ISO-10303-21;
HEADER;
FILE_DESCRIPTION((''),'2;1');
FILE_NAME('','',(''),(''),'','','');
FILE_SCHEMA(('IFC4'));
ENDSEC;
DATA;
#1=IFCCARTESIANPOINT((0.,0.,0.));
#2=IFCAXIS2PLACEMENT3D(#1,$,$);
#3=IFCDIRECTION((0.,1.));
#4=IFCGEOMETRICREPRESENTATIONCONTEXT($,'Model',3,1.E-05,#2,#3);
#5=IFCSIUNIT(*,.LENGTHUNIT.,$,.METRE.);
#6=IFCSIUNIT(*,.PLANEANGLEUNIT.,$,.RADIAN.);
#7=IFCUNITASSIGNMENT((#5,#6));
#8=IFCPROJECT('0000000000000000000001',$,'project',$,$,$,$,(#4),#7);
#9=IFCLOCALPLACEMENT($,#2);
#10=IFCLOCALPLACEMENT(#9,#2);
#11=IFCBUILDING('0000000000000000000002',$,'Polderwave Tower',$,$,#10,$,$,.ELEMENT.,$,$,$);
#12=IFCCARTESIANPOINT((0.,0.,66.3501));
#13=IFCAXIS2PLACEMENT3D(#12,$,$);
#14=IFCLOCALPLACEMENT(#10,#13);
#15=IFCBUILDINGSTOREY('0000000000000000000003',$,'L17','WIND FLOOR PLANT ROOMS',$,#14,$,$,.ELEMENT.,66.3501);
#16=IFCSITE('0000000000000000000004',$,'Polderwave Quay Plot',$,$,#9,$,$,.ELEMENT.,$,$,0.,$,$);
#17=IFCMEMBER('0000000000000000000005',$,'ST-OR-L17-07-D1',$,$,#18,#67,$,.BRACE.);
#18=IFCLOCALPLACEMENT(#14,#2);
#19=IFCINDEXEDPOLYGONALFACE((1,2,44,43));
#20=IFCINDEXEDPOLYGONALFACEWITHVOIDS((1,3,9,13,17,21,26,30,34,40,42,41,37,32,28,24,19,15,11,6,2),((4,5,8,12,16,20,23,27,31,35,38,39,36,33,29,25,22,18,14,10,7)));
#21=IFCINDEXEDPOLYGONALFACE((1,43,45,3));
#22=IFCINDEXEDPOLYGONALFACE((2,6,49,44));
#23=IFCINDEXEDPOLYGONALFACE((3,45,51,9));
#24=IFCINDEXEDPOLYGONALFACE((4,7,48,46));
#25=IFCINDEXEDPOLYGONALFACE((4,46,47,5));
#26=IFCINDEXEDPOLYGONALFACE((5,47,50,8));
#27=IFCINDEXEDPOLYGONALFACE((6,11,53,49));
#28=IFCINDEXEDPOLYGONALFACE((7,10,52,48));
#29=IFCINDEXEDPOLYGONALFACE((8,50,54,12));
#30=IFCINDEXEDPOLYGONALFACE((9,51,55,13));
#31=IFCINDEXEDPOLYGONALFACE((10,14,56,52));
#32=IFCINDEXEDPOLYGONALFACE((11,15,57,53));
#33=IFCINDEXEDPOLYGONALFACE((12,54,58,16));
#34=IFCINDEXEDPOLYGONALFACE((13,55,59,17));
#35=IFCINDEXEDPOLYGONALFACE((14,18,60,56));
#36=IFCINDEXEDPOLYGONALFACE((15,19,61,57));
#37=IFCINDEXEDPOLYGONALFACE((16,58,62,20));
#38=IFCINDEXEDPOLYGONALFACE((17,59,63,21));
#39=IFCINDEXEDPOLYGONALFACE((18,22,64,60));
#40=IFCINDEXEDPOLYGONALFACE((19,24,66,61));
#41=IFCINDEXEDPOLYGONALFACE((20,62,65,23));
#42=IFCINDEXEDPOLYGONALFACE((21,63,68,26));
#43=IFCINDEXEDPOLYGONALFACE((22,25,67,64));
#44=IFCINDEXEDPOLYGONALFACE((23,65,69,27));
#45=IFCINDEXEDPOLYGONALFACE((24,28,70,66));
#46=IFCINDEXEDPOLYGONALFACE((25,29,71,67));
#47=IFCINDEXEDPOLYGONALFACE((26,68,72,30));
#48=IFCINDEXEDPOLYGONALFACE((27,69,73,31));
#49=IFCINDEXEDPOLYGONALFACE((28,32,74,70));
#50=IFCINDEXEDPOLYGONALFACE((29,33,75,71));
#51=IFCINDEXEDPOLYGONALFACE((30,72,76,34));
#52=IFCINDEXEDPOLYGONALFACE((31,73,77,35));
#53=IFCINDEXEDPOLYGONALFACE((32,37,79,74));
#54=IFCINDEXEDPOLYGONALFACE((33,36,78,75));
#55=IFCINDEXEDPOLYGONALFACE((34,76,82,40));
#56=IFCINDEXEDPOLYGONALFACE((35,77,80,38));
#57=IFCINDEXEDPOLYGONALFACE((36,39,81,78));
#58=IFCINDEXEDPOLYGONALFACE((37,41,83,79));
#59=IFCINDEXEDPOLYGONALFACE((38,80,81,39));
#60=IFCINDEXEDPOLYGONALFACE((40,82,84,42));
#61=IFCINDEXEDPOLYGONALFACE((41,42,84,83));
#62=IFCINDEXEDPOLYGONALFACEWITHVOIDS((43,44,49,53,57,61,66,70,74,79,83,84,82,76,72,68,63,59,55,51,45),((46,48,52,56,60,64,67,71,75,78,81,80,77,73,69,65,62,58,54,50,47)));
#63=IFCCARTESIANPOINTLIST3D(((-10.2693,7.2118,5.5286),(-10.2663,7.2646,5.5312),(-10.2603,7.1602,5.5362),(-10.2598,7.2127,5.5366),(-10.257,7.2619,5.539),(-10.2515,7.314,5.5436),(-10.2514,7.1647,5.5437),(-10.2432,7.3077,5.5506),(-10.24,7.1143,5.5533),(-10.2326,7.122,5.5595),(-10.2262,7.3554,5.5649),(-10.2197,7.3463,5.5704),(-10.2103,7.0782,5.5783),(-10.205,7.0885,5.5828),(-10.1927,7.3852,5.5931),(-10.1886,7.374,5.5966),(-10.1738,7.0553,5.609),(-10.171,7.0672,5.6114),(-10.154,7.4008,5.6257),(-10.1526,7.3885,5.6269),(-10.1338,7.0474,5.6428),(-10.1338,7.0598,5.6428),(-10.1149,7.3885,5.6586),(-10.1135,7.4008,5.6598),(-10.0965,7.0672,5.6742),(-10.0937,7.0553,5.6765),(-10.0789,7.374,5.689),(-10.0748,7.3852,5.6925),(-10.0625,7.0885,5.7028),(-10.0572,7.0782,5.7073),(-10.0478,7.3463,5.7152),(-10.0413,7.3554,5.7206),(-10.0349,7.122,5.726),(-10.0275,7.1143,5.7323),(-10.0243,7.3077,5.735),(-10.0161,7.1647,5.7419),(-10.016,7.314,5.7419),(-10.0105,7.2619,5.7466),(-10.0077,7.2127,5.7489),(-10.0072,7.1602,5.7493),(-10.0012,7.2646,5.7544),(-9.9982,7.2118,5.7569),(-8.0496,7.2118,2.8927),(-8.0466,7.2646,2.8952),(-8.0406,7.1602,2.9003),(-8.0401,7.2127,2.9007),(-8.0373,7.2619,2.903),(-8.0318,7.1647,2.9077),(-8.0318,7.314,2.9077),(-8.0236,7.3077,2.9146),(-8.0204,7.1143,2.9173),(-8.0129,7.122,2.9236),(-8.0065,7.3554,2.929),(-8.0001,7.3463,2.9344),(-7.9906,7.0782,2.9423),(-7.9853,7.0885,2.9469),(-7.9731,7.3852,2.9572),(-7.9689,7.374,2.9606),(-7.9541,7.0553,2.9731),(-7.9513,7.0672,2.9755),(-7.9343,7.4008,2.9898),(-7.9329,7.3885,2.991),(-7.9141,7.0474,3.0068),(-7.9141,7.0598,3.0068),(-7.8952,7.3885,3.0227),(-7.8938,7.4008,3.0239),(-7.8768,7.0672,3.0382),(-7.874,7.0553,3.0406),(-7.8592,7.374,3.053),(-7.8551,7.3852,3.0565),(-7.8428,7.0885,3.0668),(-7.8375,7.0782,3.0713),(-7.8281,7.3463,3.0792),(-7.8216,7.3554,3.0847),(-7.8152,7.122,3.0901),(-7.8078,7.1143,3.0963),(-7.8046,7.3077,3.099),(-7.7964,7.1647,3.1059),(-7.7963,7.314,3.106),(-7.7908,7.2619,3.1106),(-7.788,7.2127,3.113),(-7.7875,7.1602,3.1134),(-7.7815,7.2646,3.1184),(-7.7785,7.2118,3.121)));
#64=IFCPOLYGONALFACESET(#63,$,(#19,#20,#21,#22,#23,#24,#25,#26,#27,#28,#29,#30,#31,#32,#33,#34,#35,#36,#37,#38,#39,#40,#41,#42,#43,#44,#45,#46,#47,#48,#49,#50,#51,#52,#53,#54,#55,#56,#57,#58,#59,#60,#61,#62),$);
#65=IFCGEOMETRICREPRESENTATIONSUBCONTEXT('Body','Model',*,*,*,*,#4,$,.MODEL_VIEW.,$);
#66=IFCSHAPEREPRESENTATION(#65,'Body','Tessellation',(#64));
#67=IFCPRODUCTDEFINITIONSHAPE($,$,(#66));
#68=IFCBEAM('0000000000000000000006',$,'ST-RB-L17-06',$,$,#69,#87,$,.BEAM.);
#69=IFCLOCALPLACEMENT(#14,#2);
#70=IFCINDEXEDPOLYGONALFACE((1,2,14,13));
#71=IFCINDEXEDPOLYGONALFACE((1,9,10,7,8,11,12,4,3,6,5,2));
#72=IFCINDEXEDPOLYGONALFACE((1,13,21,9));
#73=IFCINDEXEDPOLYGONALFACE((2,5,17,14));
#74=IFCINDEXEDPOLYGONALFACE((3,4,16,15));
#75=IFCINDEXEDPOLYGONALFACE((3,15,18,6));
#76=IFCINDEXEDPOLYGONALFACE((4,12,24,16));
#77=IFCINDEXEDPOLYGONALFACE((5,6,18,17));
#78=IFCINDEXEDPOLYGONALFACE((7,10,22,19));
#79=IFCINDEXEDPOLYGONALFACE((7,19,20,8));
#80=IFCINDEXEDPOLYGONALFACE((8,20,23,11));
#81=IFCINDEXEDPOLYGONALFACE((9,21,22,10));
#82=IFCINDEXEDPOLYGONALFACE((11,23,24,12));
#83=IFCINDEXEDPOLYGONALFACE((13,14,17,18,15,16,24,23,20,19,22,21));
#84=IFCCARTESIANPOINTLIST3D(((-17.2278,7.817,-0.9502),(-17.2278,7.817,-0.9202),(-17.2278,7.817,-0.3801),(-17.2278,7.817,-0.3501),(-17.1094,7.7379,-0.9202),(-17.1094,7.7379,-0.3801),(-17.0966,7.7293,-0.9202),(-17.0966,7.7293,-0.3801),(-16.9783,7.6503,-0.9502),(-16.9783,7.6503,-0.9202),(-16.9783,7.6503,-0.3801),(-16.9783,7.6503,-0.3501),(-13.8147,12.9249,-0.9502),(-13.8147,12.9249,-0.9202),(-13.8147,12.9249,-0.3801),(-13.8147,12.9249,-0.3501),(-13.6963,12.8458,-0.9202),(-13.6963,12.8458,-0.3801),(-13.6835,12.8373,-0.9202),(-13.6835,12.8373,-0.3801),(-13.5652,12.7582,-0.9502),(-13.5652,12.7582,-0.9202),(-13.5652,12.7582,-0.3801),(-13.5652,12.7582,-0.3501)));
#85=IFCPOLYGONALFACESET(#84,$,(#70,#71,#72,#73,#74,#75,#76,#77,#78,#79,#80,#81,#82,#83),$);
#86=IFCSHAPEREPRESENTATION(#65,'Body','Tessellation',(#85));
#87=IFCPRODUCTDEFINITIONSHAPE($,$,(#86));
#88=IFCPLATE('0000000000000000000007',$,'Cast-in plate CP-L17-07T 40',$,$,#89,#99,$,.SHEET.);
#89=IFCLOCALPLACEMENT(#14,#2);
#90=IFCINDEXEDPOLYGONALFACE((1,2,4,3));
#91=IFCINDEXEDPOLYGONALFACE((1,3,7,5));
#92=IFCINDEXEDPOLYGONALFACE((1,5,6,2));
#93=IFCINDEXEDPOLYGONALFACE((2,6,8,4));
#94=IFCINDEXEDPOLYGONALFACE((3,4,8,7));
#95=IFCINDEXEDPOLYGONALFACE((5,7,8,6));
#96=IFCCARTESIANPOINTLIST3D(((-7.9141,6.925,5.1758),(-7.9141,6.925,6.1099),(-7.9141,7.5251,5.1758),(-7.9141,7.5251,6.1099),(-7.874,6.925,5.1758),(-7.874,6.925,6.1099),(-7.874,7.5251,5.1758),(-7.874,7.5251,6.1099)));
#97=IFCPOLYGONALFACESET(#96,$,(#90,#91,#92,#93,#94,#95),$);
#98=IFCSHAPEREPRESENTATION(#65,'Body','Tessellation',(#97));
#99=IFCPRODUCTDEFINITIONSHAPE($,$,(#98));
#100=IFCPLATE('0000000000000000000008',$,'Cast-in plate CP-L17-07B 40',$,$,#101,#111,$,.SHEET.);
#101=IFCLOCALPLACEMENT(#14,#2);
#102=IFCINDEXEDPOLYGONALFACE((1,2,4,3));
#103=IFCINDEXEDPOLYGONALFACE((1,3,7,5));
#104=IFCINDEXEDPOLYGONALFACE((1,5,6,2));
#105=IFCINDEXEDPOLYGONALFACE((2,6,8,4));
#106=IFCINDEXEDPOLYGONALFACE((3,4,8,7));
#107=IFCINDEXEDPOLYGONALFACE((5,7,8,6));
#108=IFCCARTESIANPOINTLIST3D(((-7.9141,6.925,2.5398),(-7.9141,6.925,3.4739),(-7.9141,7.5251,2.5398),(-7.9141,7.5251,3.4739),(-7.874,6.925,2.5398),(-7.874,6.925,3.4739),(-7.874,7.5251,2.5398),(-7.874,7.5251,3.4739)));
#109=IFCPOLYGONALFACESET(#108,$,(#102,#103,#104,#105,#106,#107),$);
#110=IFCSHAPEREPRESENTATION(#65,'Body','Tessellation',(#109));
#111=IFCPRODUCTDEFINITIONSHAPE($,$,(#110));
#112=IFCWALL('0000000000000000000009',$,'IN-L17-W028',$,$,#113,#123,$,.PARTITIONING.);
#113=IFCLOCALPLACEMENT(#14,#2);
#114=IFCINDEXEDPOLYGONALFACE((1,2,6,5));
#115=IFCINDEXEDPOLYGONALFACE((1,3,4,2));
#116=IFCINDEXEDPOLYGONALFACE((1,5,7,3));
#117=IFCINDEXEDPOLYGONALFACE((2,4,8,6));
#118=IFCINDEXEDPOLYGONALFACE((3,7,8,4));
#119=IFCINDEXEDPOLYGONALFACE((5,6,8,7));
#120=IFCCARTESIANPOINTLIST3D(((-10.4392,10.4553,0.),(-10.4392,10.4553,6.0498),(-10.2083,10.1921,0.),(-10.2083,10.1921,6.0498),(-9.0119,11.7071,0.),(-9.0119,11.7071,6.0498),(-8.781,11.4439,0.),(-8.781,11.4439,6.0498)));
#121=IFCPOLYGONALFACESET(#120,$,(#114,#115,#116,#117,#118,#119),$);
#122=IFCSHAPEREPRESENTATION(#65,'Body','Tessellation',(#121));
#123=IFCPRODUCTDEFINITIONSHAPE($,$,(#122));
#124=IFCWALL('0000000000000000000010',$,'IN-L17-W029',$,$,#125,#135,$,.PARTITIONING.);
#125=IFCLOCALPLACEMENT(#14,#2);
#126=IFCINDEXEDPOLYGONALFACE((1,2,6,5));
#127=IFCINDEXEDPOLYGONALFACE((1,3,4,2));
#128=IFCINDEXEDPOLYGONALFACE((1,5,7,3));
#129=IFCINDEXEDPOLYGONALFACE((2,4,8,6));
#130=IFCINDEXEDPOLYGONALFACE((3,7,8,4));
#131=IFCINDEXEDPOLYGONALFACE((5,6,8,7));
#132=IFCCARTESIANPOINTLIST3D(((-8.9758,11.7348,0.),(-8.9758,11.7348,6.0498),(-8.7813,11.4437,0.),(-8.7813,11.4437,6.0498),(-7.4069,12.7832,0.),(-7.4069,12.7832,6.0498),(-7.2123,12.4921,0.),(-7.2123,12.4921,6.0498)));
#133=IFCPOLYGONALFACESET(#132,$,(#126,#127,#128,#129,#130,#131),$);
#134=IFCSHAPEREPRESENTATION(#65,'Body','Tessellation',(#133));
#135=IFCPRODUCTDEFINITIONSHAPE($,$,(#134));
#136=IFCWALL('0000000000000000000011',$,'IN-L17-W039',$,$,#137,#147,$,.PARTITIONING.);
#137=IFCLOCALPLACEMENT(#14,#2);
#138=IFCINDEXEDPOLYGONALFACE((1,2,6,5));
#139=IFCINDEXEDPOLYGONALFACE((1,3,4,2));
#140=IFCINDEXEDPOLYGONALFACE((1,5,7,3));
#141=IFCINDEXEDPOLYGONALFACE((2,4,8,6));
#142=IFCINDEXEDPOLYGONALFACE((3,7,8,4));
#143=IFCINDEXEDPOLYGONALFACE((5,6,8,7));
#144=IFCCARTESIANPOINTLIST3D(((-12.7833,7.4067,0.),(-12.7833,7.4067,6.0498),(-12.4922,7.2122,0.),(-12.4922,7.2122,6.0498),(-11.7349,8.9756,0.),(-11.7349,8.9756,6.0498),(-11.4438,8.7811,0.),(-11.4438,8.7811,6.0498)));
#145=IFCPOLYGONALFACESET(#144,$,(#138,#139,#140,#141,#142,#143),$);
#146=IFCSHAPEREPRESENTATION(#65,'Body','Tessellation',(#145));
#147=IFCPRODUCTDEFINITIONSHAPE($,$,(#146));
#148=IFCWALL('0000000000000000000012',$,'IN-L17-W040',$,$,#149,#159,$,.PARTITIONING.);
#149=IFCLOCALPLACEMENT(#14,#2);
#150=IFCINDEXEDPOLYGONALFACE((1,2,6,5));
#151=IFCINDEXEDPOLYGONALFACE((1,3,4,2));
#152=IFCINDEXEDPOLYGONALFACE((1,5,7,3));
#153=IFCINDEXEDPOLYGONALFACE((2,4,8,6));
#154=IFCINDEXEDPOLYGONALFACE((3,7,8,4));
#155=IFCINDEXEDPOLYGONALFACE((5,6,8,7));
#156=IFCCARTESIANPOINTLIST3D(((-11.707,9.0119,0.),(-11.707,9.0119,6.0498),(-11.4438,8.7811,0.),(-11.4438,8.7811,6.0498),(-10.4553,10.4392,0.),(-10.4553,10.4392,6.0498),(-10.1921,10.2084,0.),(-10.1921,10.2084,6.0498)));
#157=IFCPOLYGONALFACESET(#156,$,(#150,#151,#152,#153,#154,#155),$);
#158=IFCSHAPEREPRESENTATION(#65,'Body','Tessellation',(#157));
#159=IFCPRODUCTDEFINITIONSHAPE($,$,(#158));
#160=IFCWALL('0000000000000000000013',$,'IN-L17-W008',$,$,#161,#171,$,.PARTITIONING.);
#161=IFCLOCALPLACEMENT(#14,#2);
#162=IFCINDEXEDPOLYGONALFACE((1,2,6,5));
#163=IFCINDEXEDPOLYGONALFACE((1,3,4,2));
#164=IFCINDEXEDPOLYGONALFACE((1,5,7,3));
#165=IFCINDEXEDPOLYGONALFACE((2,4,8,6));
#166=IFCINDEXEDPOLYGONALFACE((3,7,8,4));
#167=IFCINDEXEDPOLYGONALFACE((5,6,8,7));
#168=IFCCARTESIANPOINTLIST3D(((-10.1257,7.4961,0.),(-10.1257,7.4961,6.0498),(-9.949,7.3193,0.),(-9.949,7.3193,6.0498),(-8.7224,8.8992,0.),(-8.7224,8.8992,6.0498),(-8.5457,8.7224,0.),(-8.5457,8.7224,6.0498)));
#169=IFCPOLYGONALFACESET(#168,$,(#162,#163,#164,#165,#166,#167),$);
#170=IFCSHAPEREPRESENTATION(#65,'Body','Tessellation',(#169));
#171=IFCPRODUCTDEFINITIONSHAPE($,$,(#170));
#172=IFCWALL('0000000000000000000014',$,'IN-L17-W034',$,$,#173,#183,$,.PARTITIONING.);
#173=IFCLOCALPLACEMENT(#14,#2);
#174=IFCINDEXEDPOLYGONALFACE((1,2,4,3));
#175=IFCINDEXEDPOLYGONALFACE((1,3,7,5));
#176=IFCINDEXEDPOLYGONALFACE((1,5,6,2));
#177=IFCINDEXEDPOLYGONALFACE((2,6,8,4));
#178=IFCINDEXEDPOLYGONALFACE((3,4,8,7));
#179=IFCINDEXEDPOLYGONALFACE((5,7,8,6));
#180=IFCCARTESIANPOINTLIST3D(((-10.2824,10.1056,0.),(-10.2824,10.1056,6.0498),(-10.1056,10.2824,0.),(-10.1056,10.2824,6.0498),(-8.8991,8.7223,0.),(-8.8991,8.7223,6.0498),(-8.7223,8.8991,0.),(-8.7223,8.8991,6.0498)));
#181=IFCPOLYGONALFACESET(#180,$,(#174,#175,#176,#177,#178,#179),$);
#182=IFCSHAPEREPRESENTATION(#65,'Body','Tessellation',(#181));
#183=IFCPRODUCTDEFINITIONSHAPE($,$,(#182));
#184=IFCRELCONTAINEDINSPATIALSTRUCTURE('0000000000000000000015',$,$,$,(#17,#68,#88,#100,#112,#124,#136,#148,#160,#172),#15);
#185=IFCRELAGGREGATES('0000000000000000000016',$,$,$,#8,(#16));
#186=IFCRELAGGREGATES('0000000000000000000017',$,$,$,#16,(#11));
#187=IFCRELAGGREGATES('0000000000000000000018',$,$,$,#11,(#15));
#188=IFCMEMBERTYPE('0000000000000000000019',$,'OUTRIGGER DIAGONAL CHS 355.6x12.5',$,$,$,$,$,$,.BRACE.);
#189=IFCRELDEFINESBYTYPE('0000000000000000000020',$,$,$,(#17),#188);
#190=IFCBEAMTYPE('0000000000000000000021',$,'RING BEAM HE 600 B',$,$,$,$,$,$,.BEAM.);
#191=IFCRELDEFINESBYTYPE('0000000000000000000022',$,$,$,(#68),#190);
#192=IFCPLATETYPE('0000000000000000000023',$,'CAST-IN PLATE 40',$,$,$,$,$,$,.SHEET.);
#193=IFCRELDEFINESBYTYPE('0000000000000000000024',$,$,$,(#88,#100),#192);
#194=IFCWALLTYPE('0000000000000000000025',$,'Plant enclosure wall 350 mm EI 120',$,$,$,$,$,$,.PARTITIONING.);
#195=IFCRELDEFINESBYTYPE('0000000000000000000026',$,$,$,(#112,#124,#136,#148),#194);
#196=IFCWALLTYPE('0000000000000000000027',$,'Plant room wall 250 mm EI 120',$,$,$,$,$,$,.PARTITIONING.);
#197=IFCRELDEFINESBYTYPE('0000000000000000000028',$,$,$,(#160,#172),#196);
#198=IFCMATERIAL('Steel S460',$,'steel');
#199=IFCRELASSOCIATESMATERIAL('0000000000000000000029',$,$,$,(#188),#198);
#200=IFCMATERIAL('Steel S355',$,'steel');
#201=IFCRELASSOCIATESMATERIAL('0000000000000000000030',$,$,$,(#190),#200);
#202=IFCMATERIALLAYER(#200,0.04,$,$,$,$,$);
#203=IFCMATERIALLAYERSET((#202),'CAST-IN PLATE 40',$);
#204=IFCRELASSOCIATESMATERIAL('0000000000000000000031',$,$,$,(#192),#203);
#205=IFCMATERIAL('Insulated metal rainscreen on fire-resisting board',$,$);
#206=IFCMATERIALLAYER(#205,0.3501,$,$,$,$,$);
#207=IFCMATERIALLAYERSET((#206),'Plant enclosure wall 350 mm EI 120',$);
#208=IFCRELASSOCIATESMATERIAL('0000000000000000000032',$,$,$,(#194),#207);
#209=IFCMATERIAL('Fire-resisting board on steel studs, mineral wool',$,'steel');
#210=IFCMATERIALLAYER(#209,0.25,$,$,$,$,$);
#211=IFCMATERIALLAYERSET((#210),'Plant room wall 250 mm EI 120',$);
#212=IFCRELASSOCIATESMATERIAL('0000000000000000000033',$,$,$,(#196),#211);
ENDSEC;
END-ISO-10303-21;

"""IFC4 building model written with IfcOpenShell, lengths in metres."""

from ifc_helpers import new_model, si_unit, direction, frame, frame_2d, origin, origin_2d, place, context, subcontext, project, spatial, rectangle, hollow_circle, i_section, extrude, material, layer, layer_set, material_profile, profile_set, type_object, element, save


model = new_model("IFC4")

# Units and contexts
model_context = context("Model", 3, precision=1e-05, world=origin(), true_north=direction((0.0, 1.0)))
body_context = subcontext(model_context, "Body", "Model", "MODEL_VIEW")
ifc_project = project(units=[si_unit("LENGTHUNIT", "METRE"), si_unit("PLANEANGLEUNIT", "RADIAN")], contexts=[model_context])

# Site, building, storey
site_placement = place(None, origin())
site = spatial("IfcSite", under=ifc_project, at=site_placement, Name="Polderwave Quay Plot", CompositionType="ELEMENT", RefElevation=0.0)
building_placement = place(site_placement, origin())
building = spatial("IfcBuilding", under=site, at=building_placement, Name="Polderwave Tower", CompositionType="ELEMENT")
storey_placement = place(building_placement, frame((0.0, 0.0, 66.3501)))
storey = spatial("IfcBuildingStorey", under=building, at=storey_placement, Name="L17", Description="WIND FLOOR PLANT ROOMS", CompositionType="ELEMENT", Elevation=66.3501)

# Member
ifc_material_1 = material(Name="Steel S460", Category="steel")
ifc_material_profile_1 = material_profile(ifc_material_1, hollow_circle(Radius=0.1777, WallThickness=0.0125, at=origin_2d()), Name="CHS 355.6x12.5")
ifc_profile_set_1 = profile_set([ifc_material_profile_1], Name="Steel S460")
member_type_1 = type_object("IfcMemberType", Name="OUTRIGGER DIAGONAL CHS 355.6x12.5", PredefinedType="BRACE", material=ifc_profile_set_1)
member_1_placement = place(storey_placement, frame((-7.9141, 7.2251, 3.0068), z_axis=(-0.644127, 0.0, 0.764919), x_axis=(0.0, -1.0, 0.0)))
element("IfcMember", 1, at=member_1_placement, inside=storey, type_object=member_type_1, Name="ST-OR-L17-07-D1", PredefinedType="BRACE", context=body_context, shape_type="SweptSolid", body=[
    extrude(hollow_circle(Radius=0.1777, WallThickness=0.0125, at=origin_2d()), origin(), (0.0, 0.0, 1.0), 3.446),
])

# Beam
ifc_material_2 = material(Name="Steel S355", Category="steel")
ifc_material_profile_2 = material_profile(ifc_material_2, i_section(OverallWidth=0.3, OverallDepth=0.6001, WebThickness=0.0154, FlangeThickness=0.03, at=origin_2d()), Name="HE 600 B")
ifc_profile_set_2 = profile_set([ifc_material_profile_2], Name="Steel S355")
beam_type = type_object("IfcBeamType", Name="RING BEAM HE 600 B", PredefinedType="BEAM", material=ifc_profile_set_2)
beam_placement = place(storey_placement, frame((-13.6899, 12.8416, -0.6501), z_axis=(-0.55558, -0.831463, 0.0), x_axis=(0.831463, -0.55558, 0.0)))
element("IfcBeam", 2, at=beam_placement, inside=storey, type_object=beam_type, Name="ST-RB-L17-06", PredefinedType="BEAM", context=body_context, shape_type="SweptSolid", body=[
    extrude(i_section(OverallWidth=0.3, OverallDepth=0.6001, WebThickness=0.0154, FlangeThickness=0.03, at=origin_2d()), origin(), (0.0, 0.0, 1.0), 6.1433),
])

# Plates
ifc_layer_1 = layer(ifc_material_2, 0.04)
ifc_layer_set_1 = layer_set([ifc_layer_1], Name="CAST-IN PLATE 40")
plate_type = type_object("IfcPlateType", Name="CAST-IN PLATE 40", PredefinedType="SHEET", material=ifc_layer_set_1)
for number, where, z_axis, x_axis, name in (
    (3, (-7.894, 7.2251, 5.1758), (0.0, 0.0, 1.0), (1.0, 0.0, 0.0), "Cast-in plate CP-L17-07T 40"),
    (4, (-7.894, 7.2251, 2.5398), (0.0, 0.0, 1.0), (1.0, 0.0, 0.0), "Cast-in plate CP-L17-07B 40"),
):
    element("IfcPlate", number, at=place(storey_placement, frame(where, z_axis=z_axis, x_axis=x_axis)), inside=storey, type_object=plate_type, Name=name, PredefinedType="SHEET", context=body_context, shape_type="SweptSolid", body=[
        extrude(rectangle(XDim=0.04, YDim=0.6001, at=origin_2d()), origin(), (0.0, 0.0, 1.0), 0.9341),
    ])

# Walls
ifc_material_3 = material(Name="Insulated metal rainscreen on fire-resisting board")
ifc_layer_2 = layer(ifc_material_3, 0.3501)
ifc_layer_set_2 = layer_set([ifc_layer_2], Name="Plant enclosure wall 350 mm EI 120")
wall_type_1 = type_object("IfcWallType", Name="Plant enclosure wall 350 mm EI 120", PredefinedType="PARTITIONING", material=ifc_layer_set_2)
wall_1_placement = place(storey_placement, frame((-10.3237, 10.3237, 0.0), z_axis=(0.0, 0.0, 1.0), x_axis=(0.751827, 0.65936, 0.0)))
element("IfcWall", 5, at=wall_1_placement, inside=storey, type_object=wall_type_1, Name="IN-L17-W028", PredefinedType="PARTITIONING", context=body_context, shape_type="SweptSolid", body=[
    extrude(rectangle(XDim=1.8984, YDim=0.3501, at=frame_2d((0.9492, 0.0))), origin(), (0.0, 0.0, 1.0), 6.0498),
])
for number, where, z_axis, x_axis, name in (
    (6, (-8.8784, 11.5894, 0.0), (0.0, 0.0, 1.0), (0.831453, 0.555596, 0.0), "IN-L17-W029"),
    (7, (-12.6377, 7.3096, 0.0), (0.0, 0.0, 1.0), (0.555596, 0.831453, 0.0), "IN-L17-W039"),
):
    element("IfcWall", number, at=place(storey_placement, frame(where, z_axis=z_axis, x_axis=x_axis)), inside=storey, type_object=wall_type_1, Name=name, PredefinedType="PARTITIONING", context=body_context, shape_type="SweptSolid", body=[
        extrude(rectangle(XDim=1.887, YDim=0.3501, at=frame_2d((0.9434, 0.0))), origin(), (0.0, 0.0, 1.0), 6.0498),
    ])
wall_2_placement = place(storey_placement, frame((-11.5754, 8.8965, 0.0), z_axis=(0.0, 0.0, 1.0), x_axis=(0.65936, 0.751827, 0.0)))
element("IfcWall", 8, at=wall_2_placement, inside=storey, type_object=wall_type_1, Name="IN-L17-W040", PredefinedType="PARTITIONING", context=body_context, shape_type="SweptSolid", body=[
    extrude(rectangle(XDim=1.8984, YDim=0.3501, at=frame_2d((0.9492, 0.0))), origin(), (0.0, 0.0, 1.0), 6.0498),
])
ifc_material_4 = material(Name="Fire-resisting board on steel studs, mineral wool", Category="steel")
ifc_layer_3 = layer(ifc_material_4, 0.25)
ifc_layer_set_3 = layer_set([ifc_layer_3], Name="Plant room wall 250 mm EI 120")
wall_type_2 = type_object("IfcWallType", Name="Plant room wall 250 mm EI 120", PredefinedType="PARTITIONING", material=ifc_layer_set_3)
wall_3_placement = place(storey_placement, frame((-10.0374, 7.4077, 0.0), z_axis=(0.0, 0.0, 1.0), x_axis=(0.707168, 0.707045, 0.0)))
element("IfcWall", 9, at=wall_3_placement, inside=storey, type_object=wall_type_2, Name="IN-L17-W008", PredefinedType="PARTITIONING", context=body_context, shape_type="SweptSolid", body=[
    extrude(rectangle(XDim=1.9844, YDim=0.25, at=frame_2d((0.9922, 0.0))), origin(), (0.0, 0.0, 1.0), 6.0498),
])
wall_4_placement = place(storey_placement, frame((-8.8108, 8.8108, 0.0), z_axis=(0.0, 0.0, 1.0), x_axis=(-0.707107, 0.707107, 0.0)))
element("IfcWall", 10, at=wall_4_placement, inside=storey, type_object=wall_type_2, Name="IN-L17-W034", PredefinedType="PARTITIONING", context=body_context, shape_type="SweptSolid", body=[
    extrude(rectangle(XDim=1.9563, YDim=0.25, at=frame_2d((0.978, 0.0))), origin(), (0.0, 0.0, 1.0), 6.0498),
])

save(model, "model.ifc")
